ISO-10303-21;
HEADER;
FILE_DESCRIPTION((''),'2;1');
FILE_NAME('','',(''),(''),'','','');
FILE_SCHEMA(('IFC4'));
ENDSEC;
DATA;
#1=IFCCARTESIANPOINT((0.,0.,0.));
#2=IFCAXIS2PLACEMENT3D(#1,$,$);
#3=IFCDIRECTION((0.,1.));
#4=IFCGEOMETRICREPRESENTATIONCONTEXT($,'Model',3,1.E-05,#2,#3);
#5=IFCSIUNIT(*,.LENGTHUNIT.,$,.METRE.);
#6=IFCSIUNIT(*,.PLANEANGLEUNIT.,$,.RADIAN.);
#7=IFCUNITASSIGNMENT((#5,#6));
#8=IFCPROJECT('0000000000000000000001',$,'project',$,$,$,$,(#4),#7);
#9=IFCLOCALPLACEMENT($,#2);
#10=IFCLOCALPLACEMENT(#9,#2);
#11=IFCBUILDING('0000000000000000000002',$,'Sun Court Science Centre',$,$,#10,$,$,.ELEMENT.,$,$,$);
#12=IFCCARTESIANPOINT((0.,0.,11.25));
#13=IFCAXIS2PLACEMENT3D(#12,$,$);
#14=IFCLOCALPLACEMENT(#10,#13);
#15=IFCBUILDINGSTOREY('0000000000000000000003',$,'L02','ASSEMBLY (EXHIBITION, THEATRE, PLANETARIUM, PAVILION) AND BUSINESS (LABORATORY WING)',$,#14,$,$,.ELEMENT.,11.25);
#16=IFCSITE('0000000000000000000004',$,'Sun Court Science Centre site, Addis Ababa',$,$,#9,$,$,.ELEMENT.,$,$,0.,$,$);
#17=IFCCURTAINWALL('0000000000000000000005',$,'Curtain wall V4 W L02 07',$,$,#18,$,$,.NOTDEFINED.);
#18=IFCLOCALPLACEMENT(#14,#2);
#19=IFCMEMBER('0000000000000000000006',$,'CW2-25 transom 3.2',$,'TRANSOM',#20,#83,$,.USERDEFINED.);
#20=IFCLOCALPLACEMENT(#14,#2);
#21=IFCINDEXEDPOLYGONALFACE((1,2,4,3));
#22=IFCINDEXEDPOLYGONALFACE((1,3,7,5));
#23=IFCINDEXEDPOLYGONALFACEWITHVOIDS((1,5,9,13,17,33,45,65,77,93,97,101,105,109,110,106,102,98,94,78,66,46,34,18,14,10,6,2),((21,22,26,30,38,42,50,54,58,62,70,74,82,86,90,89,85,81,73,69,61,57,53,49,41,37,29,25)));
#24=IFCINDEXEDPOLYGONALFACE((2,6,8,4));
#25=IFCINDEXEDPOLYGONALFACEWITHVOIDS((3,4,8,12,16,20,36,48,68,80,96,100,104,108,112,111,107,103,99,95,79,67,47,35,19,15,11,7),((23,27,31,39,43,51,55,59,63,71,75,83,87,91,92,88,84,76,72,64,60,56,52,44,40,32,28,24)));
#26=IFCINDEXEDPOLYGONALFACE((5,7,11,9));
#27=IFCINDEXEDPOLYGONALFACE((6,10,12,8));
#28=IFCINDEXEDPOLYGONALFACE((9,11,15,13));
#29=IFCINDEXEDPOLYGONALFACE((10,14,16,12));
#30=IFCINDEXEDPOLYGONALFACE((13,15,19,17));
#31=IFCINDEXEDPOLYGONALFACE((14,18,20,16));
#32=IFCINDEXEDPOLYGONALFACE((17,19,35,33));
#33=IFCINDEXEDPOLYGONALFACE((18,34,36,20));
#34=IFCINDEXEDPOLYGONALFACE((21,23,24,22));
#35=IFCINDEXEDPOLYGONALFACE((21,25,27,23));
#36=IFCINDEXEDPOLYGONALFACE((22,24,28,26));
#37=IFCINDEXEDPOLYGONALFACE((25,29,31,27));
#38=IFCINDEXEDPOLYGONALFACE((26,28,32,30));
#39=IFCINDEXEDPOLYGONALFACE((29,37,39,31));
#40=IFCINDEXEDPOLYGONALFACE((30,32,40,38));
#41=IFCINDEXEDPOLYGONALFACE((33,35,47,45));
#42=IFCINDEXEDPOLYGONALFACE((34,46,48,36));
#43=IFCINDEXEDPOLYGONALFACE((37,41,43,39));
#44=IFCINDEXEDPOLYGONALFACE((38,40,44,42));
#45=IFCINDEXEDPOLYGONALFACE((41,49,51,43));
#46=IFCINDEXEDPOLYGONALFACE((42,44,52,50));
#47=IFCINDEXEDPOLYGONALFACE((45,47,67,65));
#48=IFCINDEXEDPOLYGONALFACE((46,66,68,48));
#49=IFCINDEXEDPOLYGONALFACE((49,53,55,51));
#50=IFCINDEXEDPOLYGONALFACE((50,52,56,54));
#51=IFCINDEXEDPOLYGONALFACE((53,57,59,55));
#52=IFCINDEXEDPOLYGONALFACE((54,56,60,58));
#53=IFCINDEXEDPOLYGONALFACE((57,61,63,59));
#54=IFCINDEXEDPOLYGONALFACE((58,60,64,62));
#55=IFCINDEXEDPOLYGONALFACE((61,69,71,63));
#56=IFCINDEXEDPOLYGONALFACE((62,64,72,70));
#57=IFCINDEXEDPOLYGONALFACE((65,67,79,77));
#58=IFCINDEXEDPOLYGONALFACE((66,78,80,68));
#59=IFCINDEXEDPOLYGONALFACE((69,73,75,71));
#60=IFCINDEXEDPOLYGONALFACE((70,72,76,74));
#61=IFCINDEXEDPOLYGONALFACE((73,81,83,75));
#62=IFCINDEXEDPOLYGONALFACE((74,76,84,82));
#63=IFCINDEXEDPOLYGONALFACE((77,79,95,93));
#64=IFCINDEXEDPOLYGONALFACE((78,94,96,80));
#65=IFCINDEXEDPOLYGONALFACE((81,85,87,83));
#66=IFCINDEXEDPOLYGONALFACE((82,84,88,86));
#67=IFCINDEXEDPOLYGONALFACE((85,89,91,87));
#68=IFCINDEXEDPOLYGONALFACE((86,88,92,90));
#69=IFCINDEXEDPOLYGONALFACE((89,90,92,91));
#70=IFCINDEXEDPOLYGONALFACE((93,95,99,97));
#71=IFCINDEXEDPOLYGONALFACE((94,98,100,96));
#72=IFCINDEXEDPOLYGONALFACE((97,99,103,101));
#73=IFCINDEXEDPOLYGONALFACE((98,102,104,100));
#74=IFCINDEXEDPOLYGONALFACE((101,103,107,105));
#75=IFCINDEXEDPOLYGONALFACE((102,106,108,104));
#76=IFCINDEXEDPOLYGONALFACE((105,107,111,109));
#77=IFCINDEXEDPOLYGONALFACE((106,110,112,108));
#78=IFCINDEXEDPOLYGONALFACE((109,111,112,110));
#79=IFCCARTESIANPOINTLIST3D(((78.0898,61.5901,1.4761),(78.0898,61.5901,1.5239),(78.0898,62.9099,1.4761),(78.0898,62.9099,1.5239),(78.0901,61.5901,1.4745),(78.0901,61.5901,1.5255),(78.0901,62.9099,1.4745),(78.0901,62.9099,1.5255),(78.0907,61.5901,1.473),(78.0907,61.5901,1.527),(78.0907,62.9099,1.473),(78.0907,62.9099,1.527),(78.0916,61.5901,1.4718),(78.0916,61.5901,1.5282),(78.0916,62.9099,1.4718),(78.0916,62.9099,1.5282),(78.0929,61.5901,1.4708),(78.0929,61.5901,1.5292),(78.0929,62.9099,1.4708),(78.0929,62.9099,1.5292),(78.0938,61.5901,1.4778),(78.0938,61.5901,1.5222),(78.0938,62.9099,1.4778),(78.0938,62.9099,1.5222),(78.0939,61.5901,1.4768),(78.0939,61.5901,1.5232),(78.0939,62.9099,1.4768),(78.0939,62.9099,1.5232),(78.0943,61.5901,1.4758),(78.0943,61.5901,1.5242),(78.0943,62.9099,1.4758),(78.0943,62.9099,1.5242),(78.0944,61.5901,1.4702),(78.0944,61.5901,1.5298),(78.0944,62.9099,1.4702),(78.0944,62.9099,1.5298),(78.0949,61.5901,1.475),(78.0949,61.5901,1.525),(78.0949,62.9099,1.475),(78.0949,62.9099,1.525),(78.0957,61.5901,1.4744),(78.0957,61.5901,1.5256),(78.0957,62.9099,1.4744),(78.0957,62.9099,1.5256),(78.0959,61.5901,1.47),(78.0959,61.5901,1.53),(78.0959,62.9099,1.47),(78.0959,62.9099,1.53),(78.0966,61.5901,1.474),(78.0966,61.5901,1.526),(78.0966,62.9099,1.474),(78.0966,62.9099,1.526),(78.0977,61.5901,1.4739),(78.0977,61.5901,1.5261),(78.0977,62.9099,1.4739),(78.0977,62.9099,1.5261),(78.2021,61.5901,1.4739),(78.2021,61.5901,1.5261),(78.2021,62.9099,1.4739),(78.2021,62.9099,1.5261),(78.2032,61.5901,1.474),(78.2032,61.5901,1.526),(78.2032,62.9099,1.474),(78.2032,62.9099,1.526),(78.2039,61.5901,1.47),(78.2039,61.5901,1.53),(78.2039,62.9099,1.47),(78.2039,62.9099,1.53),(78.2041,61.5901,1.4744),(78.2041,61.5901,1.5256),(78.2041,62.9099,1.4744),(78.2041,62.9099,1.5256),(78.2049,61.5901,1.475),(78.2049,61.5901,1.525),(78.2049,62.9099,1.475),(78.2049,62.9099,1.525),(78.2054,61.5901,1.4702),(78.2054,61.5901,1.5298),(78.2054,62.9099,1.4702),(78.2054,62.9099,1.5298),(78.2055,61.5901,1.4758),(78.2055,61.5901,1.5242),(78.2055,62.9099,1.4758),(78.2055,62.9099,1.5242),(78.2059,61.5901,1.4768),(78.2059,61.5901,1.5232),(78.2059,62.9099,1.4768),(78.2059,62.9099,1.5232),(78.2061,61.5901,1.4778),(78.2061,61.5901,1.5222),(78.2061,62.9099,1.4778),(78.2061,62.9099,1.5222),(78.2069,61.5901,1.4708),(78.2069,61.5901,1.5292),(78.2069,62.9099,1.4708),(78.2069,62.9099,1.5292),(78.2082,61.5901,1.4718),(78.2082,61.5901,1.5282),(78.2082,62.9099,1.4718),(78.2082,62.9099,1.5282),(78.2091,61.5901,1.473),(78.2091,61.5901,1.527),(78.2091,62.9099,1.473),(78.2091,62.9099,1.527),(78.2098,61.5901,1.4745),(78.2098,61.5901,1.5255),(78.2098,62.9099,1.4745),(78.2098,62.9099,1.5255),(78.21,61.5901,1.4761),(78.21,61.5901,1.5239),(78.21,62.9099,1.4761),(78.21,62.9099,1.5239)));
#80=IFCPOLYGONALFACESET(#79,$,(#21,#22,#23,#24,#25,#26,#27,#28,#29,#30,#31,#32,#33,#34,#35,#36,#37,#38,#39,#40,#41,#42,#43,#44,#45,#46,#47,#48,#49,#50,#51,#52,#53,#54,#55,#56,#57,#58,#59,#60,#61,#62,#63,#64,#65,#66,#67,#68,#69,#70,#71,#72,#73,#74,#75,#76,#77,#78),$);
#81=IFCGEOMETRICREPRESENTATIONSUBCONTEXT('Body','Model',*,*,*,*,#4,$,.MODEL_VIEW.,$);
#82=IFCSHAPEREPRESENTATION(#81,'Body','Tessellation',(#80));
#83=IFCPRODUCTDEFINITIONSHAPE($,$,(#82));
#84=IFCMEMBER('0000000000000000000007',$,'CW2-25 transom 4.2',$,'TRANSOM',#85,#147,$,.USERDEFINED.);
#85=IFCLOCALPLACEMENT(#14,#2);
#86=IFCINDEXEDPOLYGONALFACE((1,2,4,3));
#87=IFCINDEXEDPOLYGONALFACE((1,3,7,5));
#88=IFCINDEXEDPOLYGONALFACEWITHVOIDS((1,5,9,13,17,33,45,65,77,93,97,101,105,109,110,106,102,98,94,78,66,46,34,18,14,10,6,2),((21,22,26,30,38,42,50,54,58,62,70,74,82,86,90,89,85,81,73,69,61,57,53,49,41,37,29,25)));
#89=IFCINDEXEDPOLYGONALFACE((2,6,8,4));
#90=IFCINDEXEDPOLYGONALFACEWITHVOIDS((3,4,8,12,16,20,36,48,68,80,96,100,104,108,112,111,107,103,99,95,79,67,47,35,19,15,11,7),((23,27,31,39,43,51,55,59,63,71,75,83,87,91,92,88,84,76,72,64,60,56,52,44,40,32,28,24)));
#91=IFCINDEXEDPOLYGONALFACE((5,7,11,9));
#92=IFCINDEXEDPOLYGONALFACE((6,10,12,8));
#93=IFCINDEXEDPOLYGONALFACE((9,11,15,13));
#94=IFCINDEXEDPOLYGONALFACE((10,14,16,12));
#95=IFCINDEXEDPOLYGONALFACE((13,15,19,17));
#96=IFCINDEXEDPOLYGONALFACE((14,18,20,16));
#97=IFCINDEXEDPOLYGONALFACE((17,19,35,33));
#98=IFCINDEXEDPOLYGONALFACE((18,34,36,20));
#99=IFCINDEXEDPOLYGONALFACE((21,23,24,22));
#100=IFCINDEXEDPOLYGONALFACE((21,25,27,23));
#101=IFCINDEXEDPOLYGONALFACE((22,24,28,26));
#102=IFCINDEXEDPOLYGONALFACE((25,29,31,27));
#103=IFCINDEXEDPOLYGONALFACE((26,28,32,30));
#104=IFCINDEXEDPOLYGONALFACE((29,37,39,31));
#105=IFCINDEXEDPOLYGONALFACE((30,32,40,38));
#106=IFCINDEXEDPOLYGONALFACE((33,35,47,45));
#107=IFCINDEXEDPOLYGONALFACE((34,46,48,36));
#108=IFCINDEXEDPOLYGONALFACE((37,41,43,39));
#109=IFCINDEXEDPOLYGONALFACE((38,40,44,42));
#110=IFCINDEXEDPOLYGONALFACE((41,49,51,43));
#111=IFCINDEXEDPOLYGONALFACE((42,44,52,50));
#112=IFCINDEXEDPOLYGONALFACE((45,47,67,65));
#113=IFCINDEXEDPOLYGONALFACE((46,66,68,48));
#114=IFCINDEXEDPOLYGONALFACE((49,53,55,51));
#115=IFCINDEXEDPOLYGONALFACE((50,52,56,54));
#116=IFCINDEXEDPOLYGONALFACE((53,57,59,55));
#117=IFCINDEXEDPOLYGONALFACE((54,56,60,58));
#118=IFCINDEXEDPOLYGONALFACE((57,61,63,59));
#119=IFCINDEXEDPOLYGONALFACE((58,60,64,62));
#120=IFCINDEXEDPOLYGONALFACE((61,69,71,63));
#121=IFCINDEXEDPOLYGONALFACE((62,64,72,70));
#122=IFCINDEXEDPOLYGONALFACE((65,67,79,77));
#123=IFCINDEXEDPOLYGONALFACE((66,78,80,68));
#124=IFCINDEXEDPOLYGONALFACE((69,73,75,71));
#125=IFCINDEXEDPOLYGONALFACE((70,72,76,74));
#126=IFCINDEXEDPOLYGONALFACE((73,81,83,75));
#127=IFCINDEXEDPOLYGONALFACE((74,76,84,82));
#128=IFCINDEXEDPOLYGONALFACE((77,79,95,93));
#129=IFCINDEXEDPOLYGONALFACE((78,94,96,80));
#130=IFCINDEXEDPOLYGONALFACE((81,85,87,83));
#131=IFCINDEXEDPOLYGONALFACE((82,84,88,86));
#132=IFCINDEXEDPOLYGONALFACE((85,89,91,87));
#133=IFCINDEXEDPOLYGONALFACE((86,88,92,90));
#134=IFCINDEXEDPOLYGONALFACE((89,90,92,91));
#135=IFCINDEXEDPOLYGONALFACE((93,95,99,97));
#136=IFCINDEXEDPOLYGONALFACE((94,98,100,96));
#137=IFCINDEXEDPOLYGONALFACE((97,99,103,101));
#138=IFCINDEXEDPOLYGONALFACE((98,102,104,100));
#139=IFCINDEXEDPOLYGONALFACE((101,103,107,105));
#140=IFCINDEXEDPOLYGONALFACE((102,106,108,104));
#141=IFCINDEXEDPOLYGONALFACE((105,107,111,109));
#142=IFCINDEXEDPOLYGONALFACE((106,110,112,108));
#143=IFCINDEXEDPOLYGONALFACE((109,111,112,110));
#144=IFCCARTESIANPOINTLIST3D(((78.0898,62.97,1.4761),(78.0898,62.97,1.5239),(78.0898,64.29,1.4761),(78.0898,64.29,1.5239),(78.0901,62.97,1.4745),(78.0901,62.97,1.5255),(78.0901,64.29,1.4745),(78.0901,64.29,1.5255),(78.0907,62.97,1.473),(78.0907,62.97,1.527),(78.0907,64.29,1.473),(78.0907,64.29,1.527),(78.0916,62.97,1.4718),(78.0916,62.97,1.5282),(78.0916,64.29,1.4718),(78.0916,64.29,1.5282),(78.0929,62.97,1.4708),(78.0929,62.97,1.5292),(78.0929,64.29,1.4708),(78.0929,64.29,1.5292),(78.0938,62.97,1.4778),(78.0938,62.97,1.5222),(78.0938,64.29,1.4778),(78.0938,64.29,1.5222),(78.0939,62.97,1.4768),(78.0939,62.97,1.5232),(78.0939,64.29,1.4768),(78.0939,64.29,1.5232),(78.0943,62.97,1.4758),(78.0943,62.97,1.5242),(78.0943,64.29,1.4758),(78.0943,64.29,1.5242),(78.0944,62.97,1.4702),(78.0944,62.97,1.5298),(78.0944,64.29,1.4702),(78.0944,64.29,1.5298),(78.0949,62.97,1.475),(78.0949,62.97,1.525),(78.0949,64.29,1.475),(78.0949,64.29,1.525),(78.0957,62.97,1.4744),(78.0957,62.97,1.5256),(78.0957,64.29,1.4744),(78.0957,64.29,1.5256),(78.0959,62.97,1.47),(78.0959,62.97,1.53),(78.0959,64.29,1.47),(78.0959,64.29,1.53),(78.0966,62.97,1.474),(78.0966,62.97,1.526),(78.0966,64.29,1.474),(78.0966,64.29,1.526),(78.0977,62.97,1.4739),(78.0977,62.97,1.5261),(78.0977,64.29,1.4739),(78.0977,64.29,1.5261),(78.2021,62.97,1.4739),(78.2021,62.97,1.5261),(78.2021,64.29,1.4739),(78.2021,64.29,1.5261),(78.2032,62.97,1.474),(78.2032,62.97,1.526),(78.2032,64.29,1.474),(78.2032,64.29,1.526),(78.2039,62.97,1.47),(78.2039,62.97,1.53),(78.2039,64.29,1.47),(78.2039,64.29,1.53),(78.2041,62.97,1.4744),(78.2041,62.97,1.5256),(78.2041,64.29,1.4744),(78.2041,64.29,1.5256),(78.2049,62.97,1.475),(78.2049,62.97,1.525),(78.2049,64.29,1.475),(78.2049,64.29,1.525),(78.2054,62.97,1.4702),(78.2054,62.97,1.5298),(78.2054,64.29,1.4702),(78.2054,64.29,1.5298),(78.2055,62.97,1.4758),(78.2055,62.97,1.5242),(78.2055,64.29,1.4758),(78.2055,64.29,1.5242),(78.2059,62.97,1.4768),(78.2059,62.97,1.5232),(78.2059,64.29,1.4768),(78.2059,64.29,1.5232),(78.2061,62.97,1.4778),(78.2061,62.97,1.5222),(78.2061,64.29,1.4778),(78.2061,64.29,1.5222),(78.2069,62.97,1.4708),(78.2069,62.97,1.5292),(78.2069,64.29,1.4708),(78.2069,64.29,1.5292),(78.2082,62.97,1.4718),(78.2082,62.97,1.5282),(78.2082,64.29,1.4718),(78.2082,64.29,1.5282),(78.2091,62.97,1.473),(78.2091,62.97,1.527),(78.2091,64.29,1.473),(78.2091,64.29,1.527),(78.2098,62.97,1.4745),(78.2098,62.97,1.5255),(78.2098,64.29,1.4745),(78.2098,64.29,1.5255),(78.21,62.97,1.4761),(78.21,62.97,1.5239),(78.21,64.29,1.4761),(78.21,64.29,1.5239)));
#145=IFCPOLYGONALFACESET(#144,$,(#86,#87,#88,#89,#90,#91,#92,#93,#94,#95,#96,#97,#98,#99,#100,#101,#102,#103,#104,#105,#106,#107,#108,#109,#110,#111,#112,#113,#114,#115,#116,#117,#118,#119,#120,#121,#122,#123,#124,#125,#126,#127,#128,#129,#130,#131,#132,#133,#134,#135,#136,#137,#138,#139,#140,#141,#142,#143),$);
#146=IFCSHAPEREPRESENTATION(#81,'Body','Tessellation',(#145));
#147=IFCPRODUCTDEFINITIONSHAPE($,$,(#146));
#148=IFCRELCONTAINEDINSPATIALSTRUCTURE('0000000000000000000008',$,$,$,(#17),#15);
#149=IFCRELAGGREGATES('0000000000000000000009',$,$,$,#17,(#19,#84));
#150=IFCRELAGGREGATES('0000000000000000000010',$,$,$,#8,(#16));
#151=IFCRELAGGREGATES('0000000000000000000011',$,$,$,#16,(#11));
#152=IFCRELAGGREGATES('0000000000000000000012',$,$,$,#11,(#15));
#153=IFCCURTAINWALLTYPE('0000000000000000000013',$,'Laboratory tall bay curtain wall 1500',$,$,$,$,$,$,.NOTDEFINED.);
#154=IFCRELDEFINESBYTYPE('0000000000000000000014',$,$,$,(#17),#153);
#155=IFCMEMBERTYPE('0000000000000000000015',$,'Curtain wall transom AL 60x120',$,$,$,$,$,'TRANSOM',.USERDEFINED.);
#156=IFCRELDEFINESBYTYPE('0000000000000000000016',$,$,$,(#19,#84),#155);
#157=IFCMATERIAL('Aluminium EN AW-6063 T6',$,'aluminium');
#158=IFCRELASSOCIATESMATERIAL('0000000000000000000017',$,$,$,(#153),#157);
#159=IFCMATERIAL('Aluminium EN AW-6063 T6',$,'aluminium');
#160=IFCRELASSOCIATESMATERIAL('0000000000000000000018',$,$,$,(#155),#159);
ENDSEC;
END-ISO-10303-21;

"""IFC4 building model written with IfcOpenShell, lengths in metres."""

from ifc_helpers import new_model, si_unit, direction, frame, origin, origin_2d, place, context, subcontext, project, spatial, hollow_rectangle, extrude, material, material_profile, profile_set, type_object, element, aggregate, save


model = new_model("IFC4")

# Units and contexts
model_context = context("Model", 3, precision=1e-05, world=origin(), true_north=direction((0.0, 1.0)))
body_context = subcontext(model_context, "Body", "Model", "MODEL_VIEW")
ifc_project = project(units=[si_unit("LENGTHUNIT", "METRE"), si_unit("PLANEANGLEUNIT", "RADIAN")], contexts=[model_context])

# Site, building, storey
site_placement = place(None, origin())
site = spatial("IfcSite", under=ifc_project, at=site_placement, Name="Sun Court Science Centre site, Addis Ababa", CompositionType="ELEMENT", RefElevation=0.0)
building_placement = place(site_placement, origin())
building = spatial("IfcBuilding", under=site, at=building_placement, Name="Sun Court Science Centre", CompositionType="ELEMENT")
storey_placement = place(building_placement, frame((0.0, 0.0, 11.25)))
storey = spatial("IfcBuildingStorey", under=building, at=storey_placement, Name="L02", Description="ASSEMBLY (EXHIBITION, THEATRE, PLANETARIUM, PAVILION) AND BUSINESS (LABORATORY WING)", CompositionType="ELEMENT", Elevation=11.25)

# Shared definitions
ifc_material_1 = material(Name="Aluminium EN AW-6063 T6", Category="aluminium")
curtain_wall_type = type_object("IfcCurtainWallType", Name="Laboratory tall bay curtain wall 1500", PredefinedType="NOTDEFINED", material=ifc_material_1)

# Curtain wall
curtain_wall_1_placement = place(storey_placement, origin())
curtain_wall_1 = element("IfcCurtainWall", 1, at=curtain_wall_1_placement, inside=storey, type_object=curtain_wall_type, Name="Curtain wall V4 W L02 07", PredefinedType="NOTDEFINED")

# Members
ifc_material_2 = material(Name="Aluminium EN AW-6063 T6", Category="aluminium")
ifc_material_profile_1 = material_profile(ifc_material_2, hollow_rectangle(XDim=0.0601, YDim=0.1201, WallThickness=0.0039, InnerFilletRadius=0.0039, OuterFilletRadius=0.0061, at=origin_2d()), Name="AL 60x120x4")
ifc_profile_set_1 = profile_set([ifc_material_profile_1], Name="Aluminium EN AW-6063 T6")
member_type_1 = type_object("IfcMemberType", Name="Curtain wall transom AL 60x120", ElementType="TRANSOM", PredefinedType="USERDEFINED", material=ifc_profile_set_1)
member_1_placement = place(storey_placement, frame((78.1499, 61.5901, 1.5), z_axis=(0.0, 1.0, 0.0), x_axis=(0.0, 0.0, 1.0)))
member_1 = element("IfcMember", 2, at=member_1_placement, type_object=member_type_1, Name="CW2-25 transom 3.2", ObjectType="TRANSOM", PredefinedType="USERDEFINED", context=body_context, shape_type="SweptSolid", body=[
    extrude(hollow_rectangle(XDim=0.0601, YDim=0.1201, WallThickness=0.0039, InnerFilletRadius=0.0039, OuterFilletRadius=0.0061, at=origin_2d()), origin(), (0.0, 0.0, 1.0), 1.3198),
])
member_2_placement = place(storey_placement, frame((78.1499, 62.97, 1.5), z_axis=(0.0, 1.0, 0.0), x_axis=(0.0, 0.0, 1.0)))
member_2 = element("IfcMember", 3, at=member_2_placement, type_object=member_type_1, Name="CW2-25 transom 4.2", ObjectType="TRANSOM", PredefinedType="USERDEFINED", context=body_context, shape_type="SweptSolid", body=[
    extrude(hollow_rectangle(XDim=0.0601, YDim=0.1201, WallThickness=0.0039, InnerFilletRadius=0.0039, OuterFilletRadius=0.0061, at=origin_2d()), origin(), (0.0, 0.0, 1.0), 1.3201),
])

aggregate(curtain_wall_1, [member_1, member_2])

save(model, "model.ifc")
